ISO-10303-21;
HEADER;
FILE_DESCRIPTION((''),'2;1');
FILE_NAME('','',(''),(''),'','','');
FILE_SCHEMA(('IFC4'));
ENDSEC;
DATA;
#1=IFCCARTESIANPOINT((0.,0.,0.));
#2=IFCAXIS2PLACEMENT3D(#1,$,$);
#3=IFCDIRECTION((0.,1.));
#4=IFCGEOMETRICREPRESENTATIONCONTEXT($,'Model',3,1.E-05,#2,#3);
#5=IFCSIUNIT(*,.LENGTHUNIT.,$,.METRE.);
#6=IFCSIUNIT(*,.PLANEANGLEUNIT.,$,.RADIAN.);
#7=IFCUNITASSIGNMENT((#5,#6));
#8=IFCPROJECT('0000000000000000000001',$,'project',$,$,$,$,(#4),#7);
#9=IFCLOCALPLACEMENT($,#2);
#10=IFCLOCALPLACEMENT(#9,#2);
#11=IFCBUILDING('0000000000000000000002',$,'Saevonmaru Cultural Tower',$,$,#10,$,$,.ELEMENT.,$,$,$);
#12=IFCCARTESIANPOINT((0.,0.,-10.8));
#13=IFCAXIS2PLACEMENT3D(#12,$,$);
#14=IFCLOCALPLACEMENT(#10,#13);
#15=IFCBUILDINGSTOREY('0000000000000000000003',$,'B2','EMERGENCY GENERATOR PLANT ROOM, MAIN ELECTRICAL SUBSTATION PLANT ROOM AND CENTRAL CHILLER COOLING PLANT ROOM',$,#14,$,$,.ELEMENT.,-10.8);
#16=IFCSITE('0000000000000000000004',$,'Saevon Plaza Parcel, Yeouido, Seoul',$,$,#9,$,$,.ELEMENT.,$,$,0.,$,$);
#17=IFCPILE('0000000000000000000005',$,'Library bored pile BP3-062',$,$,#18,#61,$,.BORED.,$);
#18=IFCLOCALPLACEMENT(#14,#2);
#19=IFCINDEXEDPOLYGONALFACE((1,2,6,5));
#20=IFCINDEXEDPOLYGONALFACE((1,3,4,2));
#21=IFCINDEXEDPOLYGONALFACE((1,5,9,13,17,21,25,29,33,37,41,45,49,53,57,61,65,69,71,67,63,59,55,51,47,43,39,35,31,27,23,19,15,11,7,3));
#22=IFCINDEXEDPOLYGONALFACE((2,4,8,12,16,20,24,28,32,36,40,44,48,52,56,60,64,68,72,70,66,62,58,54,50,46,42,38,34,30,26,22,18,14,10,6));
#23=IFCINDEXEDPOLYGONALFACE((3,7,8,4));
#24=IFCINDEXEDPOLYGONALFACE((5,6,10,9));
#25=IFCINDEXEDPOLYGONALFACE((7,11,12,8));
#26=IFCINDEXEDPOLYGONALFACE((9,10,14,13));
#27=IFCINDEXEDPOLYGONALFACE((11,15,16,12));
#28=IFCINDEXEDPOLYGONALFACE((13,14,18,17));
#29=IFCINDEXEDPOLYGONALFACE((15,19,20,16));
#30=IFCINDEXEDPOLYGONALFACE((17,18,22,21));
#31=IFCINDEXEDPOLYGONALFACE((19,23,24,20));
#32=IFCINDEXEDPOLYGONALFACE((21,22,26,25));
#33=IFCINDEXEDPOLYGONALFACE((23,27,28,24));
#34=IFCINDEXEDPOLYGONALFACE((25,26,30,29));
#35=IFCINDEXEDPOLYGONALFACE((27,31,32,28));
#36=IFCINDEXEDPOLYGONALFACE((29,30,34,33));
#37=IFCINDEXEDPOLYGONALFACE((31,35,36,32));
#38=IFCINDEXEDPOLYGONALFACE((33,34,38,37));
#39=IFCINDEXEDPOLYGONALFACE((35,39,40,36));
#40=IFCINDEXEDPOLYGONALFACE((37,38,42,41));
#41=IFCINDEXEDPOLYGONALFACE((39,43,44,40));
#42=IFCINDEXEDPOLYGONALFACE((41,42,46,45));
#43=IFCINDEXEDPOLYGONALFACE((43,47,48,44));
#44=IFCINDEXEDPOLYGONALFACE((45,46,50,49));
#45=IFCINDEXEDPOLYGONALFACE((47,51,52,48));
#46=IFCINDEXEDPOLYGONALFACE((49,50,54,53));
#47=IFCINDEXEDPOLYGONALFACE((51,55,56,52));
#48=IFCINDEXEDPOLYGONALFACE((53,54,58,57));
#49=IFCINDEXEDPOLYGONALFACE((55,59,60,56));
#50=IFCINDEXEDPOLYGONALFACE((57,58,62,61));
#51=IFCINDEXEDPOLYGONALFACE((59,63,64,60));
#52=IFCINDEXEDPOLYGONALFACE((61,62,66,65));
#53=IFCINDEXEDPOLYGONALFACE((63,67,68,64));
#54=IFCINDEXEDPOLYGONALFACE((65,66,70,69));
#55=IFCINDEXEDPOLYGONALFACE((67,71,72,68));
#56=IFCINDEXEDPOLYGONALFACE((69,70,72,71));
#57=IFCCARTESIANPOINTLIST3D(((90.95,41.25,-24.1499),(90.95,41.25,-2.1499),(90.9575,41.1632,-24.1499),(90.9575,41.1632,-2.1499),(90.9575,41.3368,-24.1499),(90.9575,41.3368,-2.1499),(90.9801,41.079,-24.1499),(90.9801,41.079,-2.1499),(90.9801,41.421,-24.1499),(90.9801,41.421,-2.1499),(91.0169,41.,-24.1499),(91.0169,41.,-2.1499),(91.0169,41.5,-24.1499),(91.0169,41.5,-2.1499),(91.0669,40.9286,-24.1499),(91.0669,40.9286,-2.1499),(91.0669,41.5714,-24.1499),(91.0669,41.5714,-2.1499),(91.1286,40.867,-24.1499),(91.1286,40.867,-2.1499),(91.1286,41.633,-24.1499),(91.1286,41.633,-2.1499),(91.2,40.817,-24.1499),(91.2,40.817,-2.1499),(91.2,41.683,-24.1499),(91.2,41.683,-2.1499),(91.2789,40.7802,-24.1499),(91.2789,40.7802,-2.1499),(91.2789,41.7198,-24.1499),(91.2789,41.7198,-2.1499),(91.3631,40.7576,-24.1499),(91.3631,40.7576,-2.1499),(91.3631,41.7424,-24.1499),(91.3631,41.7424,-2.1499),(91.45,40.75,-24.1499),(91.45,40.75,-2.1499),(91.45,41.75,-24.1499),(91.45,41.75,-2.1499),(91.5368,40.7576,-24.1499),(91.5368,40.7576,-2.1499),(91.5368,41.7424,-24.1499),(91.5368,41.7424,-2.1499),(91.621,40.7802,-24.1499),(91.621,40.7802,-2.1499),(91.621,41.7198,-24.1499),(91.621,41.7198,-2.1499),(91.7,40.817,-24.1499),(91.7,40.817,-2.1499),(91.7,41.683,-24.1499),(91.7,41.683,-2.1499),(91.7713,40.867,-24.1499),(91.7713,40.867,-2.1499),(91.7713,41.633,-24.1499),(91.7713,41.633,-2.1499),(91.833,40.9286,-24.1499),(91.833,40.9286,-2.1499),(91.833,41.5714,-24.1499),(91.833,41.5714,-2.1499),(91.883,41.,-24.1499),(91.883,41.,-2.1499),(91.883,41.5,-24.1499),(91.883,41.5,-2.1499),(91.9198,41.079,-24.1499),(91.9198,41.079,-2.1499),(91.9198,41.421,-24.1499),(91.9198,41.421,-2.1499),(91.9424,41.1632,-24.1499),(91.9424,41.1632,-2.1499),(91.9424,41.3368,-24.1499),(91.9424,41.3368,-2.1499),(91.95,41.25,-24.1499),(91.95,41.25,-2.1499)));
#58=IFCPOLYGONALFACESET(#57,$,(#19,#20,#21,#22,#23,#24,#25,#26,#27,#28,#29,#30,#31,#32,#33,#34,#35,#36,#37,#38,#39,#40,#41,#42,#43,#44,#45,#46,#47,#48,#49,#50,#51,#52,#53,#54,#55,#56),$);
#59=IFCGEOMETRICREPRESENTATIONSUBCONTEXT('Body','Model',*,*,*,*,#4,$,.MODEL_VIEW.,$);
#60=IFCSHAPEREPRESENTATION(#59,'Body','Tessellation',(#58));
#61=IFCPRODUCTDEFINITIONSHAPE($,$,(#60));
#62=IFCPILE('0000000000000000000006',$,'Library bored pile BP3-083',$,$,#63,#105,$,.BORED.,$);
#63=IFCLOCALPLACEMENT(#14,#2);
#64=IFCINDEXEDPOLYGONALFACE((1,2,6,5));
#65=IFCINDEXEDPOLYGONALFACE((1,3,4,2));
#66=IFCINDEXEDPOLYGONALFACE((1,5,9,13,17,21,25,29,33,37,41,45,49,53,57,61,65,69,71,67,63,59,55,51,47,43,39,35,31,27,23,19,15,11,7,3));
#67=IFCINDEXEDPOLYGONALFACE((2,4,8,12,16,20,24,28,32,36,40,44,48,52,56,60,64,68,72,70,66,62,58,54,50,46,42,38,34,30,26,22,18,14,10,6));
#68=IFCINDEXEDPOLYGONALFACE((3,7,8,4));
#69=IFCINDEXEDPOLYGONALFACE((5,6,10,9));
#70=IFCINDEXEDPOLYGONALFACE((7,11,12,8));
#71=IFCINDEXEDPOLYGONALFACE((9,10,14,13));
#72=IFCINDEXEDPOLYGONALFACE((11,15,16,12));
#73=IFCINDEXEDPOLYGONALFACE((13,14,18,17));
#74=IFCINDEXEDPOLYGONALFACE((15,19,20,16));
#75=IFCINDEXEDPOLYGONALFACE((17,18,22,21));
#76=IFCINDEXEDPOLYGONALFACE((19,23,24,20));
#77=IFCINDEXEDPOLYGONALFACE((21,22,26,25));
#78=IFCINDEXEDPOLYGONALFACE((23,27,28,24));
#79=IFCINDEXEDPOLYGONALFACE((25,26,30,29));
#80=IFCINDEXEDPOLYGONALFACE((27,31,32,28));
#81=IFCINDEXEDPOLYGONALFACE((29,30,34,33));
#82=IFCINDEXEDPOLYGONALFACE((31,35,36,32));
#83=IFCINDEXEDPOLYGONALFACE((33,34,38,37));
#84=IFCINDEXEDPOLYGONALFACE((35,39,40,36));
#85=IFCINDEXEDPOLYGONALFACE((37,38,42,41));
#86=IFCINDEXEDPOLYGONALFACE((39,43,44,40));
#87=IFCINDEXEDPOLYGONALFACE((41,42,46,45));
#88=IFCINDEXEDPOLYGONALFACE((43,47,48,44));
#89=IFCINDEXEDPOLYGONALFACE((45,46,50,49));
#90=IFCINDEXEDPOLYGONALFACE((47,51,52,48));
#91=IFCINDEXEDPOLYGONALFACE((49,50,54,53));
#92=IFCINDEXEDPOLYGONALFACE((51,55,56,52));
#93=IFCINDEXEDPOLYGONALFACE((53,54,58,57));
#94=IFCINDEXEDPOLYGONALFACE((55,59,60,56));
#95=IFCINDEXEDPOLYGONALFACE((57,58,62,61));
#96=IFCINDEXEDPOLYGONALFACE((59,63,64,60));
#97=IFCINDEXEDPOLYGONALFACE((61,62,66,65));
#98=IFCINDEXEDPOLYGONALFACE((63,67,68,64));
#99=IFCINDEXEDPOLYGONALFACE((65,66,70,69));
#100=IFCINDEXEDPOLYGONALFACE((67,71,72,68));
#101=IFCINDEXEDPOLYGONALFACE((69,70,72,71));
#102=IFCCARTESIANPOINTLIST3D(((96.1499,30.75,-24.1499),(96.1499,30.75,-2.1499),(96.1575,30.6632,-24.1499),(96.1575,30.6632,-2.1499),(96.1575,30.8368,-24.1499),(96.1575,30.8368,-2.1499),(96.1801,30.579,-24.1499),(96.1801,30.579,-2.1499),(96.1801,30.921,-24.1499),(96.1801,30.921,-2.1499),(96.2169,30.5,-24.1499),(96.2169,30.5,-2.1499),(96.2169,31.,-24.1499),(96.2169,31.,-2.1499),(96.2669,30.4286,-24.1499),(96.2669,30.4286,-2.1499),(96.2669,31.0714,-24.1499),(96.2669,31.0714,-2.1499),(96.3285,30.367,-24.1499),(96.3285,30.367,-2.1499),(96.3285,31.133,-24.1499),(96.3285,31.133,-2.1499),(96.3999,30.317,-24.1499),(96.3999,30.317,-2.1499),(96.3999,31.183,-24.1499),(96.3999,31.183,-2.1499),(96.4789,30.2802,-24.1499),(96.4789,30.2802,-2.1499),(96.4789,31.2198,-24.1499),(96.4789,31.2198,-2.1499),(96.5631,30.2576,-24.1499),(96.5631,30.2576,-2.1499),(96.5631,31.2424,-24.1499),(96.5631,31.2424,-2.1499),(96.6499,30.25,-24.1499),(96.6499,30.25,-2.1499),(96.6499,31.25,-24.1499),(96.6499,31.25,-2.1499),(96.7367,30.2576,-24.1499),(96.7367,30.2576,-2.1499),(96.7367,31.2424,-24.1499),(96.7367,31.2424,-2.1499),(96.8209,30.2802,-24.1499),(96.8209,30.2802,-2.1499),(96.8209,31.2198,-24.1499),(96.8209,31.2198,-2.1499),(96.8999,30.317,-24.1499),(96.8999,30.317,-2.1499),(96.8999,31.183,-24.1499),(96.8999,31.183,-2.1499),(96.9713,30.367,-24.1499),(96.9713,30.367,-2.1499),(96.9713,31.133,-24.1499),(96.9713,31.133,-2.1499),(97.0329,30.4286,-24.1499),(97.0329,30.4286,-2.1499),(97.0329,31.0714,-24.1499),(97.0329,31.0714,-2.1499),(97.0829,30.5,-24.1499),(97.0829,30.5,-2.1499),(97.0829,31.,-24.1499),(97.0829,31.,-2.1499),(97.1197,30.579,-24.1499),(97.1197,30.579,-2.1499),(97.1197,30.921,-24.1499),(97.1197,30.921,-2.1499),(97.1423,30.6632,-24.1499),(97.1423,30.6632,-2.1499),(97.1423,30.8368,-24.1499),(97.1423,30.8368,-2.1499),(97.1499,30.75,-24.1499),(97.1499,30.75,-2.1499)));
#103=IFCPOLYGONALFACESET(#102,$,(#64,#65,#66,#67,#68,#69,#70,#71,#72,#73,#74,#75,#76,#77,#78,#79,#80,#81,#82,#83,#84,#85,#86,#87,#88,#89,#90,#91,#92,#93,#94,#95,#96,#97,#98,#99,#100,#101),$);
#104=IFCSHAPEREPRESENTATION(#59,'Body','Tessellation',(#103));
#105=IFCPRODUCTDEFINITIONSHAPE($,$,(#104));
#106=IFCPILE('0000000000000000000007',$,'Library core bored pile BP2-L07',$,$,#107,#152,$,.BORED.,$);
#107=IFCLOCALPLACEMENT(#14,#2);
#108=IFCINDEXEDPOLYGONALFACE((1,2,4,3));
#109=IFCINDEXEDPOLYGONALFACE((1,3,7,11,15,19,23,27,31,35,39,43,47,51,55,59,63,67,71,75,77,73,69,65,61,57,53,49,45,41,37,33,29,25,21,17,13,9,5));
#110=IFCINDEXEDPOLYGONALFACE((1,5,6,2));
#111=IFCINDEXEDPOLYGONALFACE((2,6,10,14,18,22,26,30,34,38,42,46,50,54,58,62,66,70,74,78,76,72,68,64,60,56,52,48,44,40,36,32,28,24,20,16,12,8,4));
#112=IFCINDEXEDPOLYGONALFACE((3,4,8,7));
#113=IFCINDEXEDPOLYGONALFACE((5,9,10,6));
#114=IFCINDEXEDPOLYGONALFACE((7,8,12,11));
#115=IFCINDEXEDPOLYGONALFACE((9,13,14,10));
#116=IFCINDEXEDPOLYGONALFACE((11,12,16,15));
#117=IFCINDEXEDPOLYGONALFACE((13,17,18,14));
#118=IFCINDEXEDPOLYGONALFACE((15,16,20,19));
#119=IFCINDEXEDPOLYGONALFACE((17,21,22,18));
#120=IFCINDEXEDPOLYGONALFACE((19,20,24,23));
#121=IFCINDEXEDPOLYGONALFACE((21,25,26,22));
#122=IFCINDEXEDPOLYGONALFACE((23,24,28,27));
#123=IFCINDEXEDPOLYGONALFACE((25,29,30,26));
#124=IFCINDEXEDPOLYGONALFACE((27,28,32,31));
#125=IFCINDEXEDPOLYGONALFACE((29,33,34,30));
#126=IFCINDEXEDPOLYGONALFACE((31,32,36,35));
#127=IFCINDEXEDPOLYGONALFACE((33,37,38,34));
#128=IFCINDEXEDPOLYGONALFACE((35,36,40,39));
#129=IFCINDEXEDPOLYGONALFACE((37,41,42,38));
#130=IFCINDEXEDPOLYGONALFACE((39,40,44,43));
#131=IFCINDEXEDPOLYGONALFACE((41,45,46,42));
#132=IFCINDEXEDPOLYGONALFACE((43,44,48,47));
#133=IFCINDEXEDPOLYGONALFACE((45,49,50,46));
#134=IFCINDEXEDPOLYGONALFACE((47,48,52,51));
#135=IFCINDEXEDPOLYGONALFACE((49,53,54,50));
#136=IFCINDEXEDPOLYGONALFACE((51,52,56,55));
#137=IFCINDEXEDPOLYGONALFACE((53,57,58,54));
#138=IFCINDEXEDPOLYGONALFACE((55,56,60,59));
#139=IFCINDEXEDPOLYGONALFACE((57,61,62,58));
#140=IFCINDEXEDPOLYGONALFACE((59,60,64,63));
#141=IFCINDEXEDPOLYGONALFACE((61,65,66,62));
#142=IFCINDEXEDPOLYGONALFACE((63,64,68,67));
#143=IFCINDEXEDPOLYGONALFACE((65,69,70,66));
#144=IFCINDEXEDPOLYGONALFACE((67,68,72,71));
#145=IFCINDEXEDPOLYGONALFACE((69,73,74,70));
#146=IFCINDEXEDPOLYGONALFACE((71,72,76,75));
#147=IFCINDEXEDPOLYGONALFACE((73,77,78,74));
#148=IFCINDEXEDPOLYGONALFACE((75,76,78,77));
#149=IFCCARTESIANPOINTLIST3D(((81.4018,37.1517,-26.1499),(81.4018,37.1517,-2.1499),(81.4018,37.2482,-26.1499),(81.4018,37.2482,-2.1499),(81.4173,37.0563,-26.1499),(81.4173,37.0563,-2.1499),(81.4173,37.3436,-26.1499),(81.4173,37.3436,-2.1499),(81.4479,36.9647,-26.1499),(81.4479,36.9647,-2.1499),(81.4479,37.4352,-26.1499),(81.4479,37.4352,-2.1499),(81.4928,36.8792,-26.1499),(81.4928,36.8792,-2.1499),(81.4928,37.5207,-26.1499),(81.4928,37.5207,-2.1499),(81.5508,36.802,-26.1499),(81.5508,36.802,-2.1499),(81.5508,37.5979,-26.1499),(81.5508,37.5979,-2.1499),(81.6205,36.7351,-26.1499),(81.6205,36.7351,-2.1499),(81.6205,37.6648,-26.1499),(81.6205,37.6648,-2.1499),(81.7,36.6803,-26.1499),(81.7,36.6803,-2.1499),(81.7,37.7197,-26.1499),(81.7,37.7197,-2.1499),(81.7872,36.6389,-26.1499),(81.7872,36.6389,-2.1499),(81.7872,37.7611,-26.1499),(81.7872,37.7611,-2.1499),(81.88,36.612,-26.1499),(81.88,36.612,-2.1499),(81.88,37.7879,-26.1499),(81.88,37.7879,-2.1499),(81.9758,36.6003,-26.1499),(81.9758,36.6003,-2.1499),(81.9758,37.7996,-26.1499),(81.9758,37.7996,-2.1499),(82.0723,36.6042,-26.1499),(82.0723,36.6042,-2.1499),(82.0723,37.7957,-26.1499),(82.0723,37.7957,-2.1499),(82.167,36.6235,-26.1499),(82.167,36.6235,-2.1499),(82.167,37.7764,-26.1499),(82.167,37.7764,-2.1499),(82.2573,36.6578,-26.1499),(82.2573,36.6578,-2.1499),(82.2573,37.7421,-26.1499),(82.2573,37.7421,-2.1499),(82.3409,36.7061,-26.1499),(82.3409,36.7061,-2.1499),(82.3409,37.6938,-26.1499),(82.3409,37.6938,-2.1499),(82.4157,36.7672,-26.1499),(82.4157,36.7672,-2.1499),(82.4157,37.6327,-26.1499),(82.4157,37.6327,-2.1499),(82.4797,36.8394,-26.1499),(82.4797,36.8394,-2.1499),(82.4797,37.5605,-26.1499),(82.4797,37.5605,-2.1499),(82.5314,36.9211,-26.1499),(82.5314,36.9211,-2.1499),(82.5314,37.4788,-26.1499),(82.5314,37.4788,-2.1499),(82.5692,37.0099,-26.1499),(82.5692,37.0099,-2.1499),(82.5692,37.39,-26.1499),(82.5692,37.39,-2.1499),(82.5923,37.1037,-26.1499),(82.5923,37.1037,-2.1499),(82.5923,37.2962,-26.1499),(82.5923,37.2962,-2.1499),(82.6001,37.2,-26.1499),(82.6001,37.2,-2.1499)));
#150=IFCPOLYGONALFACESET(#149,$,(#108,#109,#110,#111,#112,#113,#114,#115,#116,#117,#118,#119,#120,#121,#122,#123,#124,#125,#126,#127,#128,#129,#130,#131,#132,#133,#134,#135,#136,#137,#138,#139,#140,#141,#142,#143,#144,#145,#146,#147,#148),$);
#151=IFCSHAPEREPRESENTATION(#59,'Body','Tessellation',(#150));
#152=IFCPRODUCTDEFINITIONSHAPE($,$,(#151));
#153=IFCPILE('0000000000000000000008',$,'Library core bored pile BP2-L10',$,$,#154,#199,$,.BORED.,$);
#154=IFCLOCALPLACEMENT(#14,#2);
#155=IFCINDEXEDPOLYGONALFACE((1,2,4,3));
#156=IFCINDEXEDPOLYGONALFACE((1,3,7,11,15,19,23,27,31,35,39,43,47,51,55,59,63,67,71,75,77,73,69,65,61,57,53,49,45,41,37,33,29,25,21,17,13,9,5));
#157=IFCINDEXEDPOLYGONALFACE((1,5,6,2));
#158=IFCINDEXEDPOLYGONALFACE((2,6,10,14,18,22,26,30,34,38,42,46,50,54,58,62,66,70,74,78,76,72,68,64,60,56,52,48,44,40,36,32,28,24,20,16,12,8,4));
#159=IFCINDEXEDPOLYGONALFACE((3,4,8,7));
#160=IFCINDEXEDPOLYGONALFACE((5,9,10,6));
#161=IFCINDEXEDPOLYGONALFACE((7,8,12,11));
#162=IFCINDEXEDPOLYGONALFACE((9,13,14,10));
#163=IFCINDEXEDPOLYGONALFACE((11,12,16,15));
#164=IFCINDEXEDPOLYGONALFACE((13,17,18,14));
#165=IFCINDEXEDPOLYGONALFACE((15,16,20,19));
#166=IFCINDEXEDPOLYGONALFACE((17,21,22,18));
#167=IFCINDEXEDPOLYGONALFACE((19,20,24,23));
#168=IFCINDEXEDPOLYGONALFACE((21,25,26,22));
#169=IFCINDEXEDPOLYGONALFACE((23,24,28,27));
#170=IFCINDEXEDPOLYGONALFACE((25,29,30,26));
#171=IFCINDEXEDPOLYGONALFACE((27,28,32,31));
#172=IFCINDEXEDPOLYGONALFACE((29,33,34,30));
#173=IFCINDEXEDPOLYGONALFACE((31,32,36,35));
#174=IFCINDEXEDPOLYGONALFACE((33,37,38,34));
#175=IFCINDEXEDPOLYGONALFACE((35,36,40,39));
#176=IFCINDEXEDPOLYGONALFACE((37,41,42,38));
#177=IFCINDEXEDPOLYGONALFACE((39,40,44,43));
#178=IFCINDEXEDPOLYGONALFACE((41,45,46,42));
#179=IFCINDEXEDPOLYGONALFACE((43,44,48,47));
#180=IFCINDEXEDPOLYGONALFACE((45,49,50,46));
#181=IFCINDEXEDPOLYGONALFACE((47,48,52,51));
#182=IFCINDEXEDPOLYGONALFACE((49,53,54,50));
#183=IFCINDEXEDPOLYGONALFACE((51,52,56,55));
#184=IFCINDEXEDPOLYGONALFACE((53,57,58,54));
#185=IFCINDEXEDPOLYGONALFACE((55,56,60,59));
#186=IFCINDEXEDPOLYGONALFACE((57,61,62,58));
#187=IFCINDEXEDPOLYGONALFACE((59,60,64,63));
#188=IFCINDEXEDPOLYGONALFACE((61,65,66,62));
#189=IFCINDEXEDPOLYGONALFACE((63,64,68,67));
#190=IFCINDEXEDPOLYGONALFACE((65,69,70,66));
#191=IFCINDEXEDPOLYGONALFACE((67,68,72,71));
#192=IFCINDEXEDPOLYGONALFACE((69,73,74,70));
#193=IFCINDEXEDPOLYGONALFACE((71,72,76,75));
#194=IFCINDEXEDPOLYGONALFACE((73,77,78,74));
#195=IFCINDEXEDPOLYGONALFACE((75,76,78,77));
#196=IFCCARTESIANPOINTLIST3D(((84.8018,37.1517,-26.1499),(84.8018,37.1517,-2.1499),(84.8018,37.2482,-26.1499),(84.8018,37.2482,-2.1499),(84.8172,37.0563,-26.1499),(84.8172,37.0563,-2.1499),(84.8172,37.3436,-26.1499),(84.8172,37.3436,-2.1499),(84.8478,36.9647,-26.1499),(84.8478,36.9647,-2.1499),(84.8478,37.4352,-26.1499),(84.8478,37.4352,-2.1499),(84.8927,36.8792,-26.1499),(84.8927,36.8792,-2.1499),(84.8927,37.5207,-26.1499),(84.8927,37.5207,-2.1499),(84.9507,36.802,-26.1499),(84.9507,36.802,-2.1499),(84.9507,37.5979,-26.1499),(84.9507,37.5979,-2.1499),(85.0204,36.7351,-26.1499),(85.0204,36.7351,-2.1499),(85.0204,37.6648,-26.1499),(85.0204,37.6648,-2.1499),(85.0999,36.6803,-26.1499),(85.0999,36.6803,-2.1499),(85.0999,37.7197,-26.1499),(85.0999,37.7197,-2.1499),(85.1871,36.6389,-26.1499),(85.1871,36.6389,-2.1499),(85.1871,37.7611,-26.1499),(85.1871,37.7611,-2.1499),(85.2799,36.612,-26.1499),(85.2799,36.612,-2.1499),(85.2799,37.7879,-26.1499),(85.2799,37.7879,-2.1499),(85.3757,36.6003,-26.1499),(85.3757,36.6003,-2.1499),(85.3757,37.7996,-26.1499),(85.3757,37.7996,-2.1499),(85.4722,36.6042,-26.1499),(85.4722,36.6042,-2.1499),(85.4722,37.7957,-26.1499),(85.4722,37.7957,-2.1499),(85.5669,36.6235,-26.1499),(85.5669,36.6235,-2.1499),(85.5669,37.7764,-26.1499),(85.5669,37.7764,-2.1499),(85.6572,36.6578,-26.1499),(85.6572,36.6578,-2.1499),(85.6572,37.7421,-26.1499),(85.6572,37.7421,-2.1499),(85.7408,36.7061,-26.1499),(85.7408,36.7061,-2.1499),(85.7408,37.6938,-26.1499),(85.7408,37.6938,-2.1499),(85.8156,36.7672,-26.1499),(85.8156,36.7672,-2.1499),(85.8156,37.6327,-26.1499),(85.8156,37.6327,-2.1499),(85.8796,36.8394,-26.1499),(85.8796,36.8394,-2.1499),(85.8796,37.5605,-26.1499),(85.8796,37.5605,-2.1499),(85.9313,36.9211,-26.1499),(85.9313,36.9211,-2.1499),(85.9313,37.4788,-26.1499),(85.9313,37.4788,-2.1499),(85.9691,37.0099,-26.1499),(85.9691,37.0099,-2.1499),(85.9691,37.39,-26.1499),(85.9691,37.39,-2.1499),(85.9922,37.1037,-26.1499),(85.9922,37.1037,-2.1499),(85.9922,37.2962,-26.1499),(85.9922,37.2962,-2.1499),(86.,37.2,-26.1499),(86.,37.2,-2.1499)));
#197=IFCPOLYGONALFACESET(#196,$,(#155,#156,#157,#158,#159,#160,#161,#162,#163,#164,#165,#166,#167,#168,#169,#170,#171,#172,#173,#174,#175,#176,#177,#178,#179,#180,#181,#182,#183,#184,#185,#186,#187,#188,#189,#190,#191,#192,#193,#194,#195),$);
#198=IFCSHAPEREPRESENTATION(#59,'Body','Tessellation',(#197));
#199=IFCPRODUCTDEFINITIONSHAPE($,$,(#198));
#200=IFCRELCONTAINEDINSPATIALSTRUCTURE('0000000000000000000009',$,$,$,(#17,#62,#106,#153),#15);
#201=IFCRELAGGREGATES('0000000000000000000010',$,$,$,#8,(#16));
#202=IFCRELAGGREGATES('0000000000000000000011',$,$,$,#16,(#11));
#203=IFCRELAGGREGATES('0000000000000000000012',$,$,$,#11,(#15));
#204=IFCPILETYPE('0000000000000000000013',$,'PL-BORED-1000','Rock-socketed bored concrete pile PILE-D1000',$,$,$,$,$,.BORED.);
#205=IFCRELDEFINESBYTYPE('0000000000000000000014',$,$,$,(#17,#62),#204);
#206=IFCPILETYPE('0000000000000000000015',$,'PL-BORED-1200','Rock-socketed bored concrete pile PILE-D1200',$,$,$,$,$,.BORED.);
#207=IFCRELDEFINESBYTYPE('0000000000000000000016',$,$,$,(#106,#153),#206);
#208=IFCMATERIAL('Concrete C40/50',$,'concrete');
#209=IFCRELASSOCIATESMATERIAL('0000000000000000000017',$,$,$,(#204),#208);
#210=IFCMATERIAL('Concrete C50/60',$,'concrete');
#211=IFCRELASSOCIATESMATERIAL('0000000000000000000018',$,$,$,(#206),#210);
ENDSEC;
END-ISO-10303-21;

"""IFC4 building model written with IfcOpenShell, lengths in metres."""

from ifc_helpers import new_model, si_unit, direction, frame, origin, origin_2d, place, context, subcontext, project, spatial, circle, extrude, material, material_profile, profile_set, type_object, element, save


model = new_model("IFC4")

# Units and contexts
model_context = context("Model", 3, precision=1e-05, world=origin(), true_north=direction((0.0, 1.0)))
body_context = subcontext(model_context, "Body", "Model", "MODEL_VIEW")
ifc_project = project(units=[si_unit("LENGTHUNIT", "METRE"), si_unit("PLANEANGLEUNIT", "RADIAN")], contexts=[model_context])

# Site, building, storey
site_placement = place(None, origin())
site = spatial("IfcSite", under=ifc_project, at=site_placement, Name="Saevon Plaza Parcel, Yeouido, Seoul", CompositionType="ELEMENT", RefElevation=0.0)
building_placement = place(site_placement, origin())
building = spatial("IfcBuilding", under=site, at=building_placement, Name="Saevonmaru Cultural Tower", CompositionType="ELEMENT")
storey_placement = place(building_placement, frame((0.0, 0.0, -10.8)))
storey = spatial("IfcBuildingStorey", under=building, at=storey_placement, Name="B2", Description="EMERGENCY GENERATOR PLANT ROOM, MAIN ELECTRICAL SUBSTATION PLANT ROOM AND CENTRAL CHILLER COOLING PLANT ROOM", CompositionType="ELEMENT", Elevation=-10.8)

# Shared definitions
ifc_material_1 = material(Name="Concrete C50/60", Category="concrete")

# Piles
ifc_material_2 = material(Name="Concrete C40/50", Category="concrete")
ifc_material_profile_1 = material_profile(ifc_material_2, circle(Radius=0.5, at=origin_2d()), Name="PILE-D1000")
ifc_profile_set_1 = profile_set([ifc_material_profile_1], Name="Concrete C40/50")
pile_type_1 = type_object("IfcPileType", Name="PL-BORED-1000", Description="Rock-socketed bored concrete pile PILE-D1000", PredefinedType="BORED", material=ifc_profile_set_1)
for number, where, z_axis, x_axis, name in (
    (1, (91.45, 41.25, -2.1499), (0.0, 0.0, -1.0), (1.0, 0.0, 0.0), "Library bored pile BP3-062"),
    (2, (96.6499, 30.75, -2.1499), (0.0, 0.0, -1.0), (1.0, 0.0, 0.0), "Library bored pile BP3-083"),
):
    element("IfcPile", number, at=place(storey_placement, frame(where, z_axis=z_axis, x_axis=x_axis)), inside=storey, type_object=pile_type_1, Name=name, PredefinedType="BORED", context=body_context, shape_type="SweptSolid", body=[
        extrude(circle(Radius=0.5, at=origin_2d()), origin(), (0.0, 0.0, 1.0), 22.0),
    ])
ifc_material_profile_2 = material_profile(ifc_material_1, circle(Radius=0.6001, at=origin_2d()), Name="PILE-D1200")
ifc_profile_set_2 = profile_set([ifc_material_profile_2], Name="Concrete C50/60")
pile_type_2 = type_object("IfcPileType", Name="PL-BORED-1200", Description="Rock-socketed bored concrete pile PILE-D1200", PredefinedType="BORED", material=ifc_profile_set_2)
for number, where, z_axis, x_axis, name in (
    (3, (82.0, 37.2, -2.1499), (0.0, 0.0, -1.0), (1.0, 0.0, 0.0), "Library core bored pile BP2-L07"),
    (4, (85.3999, 37.2, -2.1499), (0.0, 0.0, -1.0), (1.0, 0.0, 0.0), "Library core bored pile BP2-L10"),
):
    element("IfcPile", number, at=place(storey_placement, frame(where, z_axis=z_axis, x_axis=x_axis)), inside=storey, type_object=pile_type_2, Name=name, PredefinedType="BORED", context=body_context, shape_type="SweptSolid", body=[
        extrude(circle(Radius=0.6001, at=origin_2d()), origin(), (0.0, 0.0, 1.0), 24.0),
    ])

save(model, "model.ifc")
